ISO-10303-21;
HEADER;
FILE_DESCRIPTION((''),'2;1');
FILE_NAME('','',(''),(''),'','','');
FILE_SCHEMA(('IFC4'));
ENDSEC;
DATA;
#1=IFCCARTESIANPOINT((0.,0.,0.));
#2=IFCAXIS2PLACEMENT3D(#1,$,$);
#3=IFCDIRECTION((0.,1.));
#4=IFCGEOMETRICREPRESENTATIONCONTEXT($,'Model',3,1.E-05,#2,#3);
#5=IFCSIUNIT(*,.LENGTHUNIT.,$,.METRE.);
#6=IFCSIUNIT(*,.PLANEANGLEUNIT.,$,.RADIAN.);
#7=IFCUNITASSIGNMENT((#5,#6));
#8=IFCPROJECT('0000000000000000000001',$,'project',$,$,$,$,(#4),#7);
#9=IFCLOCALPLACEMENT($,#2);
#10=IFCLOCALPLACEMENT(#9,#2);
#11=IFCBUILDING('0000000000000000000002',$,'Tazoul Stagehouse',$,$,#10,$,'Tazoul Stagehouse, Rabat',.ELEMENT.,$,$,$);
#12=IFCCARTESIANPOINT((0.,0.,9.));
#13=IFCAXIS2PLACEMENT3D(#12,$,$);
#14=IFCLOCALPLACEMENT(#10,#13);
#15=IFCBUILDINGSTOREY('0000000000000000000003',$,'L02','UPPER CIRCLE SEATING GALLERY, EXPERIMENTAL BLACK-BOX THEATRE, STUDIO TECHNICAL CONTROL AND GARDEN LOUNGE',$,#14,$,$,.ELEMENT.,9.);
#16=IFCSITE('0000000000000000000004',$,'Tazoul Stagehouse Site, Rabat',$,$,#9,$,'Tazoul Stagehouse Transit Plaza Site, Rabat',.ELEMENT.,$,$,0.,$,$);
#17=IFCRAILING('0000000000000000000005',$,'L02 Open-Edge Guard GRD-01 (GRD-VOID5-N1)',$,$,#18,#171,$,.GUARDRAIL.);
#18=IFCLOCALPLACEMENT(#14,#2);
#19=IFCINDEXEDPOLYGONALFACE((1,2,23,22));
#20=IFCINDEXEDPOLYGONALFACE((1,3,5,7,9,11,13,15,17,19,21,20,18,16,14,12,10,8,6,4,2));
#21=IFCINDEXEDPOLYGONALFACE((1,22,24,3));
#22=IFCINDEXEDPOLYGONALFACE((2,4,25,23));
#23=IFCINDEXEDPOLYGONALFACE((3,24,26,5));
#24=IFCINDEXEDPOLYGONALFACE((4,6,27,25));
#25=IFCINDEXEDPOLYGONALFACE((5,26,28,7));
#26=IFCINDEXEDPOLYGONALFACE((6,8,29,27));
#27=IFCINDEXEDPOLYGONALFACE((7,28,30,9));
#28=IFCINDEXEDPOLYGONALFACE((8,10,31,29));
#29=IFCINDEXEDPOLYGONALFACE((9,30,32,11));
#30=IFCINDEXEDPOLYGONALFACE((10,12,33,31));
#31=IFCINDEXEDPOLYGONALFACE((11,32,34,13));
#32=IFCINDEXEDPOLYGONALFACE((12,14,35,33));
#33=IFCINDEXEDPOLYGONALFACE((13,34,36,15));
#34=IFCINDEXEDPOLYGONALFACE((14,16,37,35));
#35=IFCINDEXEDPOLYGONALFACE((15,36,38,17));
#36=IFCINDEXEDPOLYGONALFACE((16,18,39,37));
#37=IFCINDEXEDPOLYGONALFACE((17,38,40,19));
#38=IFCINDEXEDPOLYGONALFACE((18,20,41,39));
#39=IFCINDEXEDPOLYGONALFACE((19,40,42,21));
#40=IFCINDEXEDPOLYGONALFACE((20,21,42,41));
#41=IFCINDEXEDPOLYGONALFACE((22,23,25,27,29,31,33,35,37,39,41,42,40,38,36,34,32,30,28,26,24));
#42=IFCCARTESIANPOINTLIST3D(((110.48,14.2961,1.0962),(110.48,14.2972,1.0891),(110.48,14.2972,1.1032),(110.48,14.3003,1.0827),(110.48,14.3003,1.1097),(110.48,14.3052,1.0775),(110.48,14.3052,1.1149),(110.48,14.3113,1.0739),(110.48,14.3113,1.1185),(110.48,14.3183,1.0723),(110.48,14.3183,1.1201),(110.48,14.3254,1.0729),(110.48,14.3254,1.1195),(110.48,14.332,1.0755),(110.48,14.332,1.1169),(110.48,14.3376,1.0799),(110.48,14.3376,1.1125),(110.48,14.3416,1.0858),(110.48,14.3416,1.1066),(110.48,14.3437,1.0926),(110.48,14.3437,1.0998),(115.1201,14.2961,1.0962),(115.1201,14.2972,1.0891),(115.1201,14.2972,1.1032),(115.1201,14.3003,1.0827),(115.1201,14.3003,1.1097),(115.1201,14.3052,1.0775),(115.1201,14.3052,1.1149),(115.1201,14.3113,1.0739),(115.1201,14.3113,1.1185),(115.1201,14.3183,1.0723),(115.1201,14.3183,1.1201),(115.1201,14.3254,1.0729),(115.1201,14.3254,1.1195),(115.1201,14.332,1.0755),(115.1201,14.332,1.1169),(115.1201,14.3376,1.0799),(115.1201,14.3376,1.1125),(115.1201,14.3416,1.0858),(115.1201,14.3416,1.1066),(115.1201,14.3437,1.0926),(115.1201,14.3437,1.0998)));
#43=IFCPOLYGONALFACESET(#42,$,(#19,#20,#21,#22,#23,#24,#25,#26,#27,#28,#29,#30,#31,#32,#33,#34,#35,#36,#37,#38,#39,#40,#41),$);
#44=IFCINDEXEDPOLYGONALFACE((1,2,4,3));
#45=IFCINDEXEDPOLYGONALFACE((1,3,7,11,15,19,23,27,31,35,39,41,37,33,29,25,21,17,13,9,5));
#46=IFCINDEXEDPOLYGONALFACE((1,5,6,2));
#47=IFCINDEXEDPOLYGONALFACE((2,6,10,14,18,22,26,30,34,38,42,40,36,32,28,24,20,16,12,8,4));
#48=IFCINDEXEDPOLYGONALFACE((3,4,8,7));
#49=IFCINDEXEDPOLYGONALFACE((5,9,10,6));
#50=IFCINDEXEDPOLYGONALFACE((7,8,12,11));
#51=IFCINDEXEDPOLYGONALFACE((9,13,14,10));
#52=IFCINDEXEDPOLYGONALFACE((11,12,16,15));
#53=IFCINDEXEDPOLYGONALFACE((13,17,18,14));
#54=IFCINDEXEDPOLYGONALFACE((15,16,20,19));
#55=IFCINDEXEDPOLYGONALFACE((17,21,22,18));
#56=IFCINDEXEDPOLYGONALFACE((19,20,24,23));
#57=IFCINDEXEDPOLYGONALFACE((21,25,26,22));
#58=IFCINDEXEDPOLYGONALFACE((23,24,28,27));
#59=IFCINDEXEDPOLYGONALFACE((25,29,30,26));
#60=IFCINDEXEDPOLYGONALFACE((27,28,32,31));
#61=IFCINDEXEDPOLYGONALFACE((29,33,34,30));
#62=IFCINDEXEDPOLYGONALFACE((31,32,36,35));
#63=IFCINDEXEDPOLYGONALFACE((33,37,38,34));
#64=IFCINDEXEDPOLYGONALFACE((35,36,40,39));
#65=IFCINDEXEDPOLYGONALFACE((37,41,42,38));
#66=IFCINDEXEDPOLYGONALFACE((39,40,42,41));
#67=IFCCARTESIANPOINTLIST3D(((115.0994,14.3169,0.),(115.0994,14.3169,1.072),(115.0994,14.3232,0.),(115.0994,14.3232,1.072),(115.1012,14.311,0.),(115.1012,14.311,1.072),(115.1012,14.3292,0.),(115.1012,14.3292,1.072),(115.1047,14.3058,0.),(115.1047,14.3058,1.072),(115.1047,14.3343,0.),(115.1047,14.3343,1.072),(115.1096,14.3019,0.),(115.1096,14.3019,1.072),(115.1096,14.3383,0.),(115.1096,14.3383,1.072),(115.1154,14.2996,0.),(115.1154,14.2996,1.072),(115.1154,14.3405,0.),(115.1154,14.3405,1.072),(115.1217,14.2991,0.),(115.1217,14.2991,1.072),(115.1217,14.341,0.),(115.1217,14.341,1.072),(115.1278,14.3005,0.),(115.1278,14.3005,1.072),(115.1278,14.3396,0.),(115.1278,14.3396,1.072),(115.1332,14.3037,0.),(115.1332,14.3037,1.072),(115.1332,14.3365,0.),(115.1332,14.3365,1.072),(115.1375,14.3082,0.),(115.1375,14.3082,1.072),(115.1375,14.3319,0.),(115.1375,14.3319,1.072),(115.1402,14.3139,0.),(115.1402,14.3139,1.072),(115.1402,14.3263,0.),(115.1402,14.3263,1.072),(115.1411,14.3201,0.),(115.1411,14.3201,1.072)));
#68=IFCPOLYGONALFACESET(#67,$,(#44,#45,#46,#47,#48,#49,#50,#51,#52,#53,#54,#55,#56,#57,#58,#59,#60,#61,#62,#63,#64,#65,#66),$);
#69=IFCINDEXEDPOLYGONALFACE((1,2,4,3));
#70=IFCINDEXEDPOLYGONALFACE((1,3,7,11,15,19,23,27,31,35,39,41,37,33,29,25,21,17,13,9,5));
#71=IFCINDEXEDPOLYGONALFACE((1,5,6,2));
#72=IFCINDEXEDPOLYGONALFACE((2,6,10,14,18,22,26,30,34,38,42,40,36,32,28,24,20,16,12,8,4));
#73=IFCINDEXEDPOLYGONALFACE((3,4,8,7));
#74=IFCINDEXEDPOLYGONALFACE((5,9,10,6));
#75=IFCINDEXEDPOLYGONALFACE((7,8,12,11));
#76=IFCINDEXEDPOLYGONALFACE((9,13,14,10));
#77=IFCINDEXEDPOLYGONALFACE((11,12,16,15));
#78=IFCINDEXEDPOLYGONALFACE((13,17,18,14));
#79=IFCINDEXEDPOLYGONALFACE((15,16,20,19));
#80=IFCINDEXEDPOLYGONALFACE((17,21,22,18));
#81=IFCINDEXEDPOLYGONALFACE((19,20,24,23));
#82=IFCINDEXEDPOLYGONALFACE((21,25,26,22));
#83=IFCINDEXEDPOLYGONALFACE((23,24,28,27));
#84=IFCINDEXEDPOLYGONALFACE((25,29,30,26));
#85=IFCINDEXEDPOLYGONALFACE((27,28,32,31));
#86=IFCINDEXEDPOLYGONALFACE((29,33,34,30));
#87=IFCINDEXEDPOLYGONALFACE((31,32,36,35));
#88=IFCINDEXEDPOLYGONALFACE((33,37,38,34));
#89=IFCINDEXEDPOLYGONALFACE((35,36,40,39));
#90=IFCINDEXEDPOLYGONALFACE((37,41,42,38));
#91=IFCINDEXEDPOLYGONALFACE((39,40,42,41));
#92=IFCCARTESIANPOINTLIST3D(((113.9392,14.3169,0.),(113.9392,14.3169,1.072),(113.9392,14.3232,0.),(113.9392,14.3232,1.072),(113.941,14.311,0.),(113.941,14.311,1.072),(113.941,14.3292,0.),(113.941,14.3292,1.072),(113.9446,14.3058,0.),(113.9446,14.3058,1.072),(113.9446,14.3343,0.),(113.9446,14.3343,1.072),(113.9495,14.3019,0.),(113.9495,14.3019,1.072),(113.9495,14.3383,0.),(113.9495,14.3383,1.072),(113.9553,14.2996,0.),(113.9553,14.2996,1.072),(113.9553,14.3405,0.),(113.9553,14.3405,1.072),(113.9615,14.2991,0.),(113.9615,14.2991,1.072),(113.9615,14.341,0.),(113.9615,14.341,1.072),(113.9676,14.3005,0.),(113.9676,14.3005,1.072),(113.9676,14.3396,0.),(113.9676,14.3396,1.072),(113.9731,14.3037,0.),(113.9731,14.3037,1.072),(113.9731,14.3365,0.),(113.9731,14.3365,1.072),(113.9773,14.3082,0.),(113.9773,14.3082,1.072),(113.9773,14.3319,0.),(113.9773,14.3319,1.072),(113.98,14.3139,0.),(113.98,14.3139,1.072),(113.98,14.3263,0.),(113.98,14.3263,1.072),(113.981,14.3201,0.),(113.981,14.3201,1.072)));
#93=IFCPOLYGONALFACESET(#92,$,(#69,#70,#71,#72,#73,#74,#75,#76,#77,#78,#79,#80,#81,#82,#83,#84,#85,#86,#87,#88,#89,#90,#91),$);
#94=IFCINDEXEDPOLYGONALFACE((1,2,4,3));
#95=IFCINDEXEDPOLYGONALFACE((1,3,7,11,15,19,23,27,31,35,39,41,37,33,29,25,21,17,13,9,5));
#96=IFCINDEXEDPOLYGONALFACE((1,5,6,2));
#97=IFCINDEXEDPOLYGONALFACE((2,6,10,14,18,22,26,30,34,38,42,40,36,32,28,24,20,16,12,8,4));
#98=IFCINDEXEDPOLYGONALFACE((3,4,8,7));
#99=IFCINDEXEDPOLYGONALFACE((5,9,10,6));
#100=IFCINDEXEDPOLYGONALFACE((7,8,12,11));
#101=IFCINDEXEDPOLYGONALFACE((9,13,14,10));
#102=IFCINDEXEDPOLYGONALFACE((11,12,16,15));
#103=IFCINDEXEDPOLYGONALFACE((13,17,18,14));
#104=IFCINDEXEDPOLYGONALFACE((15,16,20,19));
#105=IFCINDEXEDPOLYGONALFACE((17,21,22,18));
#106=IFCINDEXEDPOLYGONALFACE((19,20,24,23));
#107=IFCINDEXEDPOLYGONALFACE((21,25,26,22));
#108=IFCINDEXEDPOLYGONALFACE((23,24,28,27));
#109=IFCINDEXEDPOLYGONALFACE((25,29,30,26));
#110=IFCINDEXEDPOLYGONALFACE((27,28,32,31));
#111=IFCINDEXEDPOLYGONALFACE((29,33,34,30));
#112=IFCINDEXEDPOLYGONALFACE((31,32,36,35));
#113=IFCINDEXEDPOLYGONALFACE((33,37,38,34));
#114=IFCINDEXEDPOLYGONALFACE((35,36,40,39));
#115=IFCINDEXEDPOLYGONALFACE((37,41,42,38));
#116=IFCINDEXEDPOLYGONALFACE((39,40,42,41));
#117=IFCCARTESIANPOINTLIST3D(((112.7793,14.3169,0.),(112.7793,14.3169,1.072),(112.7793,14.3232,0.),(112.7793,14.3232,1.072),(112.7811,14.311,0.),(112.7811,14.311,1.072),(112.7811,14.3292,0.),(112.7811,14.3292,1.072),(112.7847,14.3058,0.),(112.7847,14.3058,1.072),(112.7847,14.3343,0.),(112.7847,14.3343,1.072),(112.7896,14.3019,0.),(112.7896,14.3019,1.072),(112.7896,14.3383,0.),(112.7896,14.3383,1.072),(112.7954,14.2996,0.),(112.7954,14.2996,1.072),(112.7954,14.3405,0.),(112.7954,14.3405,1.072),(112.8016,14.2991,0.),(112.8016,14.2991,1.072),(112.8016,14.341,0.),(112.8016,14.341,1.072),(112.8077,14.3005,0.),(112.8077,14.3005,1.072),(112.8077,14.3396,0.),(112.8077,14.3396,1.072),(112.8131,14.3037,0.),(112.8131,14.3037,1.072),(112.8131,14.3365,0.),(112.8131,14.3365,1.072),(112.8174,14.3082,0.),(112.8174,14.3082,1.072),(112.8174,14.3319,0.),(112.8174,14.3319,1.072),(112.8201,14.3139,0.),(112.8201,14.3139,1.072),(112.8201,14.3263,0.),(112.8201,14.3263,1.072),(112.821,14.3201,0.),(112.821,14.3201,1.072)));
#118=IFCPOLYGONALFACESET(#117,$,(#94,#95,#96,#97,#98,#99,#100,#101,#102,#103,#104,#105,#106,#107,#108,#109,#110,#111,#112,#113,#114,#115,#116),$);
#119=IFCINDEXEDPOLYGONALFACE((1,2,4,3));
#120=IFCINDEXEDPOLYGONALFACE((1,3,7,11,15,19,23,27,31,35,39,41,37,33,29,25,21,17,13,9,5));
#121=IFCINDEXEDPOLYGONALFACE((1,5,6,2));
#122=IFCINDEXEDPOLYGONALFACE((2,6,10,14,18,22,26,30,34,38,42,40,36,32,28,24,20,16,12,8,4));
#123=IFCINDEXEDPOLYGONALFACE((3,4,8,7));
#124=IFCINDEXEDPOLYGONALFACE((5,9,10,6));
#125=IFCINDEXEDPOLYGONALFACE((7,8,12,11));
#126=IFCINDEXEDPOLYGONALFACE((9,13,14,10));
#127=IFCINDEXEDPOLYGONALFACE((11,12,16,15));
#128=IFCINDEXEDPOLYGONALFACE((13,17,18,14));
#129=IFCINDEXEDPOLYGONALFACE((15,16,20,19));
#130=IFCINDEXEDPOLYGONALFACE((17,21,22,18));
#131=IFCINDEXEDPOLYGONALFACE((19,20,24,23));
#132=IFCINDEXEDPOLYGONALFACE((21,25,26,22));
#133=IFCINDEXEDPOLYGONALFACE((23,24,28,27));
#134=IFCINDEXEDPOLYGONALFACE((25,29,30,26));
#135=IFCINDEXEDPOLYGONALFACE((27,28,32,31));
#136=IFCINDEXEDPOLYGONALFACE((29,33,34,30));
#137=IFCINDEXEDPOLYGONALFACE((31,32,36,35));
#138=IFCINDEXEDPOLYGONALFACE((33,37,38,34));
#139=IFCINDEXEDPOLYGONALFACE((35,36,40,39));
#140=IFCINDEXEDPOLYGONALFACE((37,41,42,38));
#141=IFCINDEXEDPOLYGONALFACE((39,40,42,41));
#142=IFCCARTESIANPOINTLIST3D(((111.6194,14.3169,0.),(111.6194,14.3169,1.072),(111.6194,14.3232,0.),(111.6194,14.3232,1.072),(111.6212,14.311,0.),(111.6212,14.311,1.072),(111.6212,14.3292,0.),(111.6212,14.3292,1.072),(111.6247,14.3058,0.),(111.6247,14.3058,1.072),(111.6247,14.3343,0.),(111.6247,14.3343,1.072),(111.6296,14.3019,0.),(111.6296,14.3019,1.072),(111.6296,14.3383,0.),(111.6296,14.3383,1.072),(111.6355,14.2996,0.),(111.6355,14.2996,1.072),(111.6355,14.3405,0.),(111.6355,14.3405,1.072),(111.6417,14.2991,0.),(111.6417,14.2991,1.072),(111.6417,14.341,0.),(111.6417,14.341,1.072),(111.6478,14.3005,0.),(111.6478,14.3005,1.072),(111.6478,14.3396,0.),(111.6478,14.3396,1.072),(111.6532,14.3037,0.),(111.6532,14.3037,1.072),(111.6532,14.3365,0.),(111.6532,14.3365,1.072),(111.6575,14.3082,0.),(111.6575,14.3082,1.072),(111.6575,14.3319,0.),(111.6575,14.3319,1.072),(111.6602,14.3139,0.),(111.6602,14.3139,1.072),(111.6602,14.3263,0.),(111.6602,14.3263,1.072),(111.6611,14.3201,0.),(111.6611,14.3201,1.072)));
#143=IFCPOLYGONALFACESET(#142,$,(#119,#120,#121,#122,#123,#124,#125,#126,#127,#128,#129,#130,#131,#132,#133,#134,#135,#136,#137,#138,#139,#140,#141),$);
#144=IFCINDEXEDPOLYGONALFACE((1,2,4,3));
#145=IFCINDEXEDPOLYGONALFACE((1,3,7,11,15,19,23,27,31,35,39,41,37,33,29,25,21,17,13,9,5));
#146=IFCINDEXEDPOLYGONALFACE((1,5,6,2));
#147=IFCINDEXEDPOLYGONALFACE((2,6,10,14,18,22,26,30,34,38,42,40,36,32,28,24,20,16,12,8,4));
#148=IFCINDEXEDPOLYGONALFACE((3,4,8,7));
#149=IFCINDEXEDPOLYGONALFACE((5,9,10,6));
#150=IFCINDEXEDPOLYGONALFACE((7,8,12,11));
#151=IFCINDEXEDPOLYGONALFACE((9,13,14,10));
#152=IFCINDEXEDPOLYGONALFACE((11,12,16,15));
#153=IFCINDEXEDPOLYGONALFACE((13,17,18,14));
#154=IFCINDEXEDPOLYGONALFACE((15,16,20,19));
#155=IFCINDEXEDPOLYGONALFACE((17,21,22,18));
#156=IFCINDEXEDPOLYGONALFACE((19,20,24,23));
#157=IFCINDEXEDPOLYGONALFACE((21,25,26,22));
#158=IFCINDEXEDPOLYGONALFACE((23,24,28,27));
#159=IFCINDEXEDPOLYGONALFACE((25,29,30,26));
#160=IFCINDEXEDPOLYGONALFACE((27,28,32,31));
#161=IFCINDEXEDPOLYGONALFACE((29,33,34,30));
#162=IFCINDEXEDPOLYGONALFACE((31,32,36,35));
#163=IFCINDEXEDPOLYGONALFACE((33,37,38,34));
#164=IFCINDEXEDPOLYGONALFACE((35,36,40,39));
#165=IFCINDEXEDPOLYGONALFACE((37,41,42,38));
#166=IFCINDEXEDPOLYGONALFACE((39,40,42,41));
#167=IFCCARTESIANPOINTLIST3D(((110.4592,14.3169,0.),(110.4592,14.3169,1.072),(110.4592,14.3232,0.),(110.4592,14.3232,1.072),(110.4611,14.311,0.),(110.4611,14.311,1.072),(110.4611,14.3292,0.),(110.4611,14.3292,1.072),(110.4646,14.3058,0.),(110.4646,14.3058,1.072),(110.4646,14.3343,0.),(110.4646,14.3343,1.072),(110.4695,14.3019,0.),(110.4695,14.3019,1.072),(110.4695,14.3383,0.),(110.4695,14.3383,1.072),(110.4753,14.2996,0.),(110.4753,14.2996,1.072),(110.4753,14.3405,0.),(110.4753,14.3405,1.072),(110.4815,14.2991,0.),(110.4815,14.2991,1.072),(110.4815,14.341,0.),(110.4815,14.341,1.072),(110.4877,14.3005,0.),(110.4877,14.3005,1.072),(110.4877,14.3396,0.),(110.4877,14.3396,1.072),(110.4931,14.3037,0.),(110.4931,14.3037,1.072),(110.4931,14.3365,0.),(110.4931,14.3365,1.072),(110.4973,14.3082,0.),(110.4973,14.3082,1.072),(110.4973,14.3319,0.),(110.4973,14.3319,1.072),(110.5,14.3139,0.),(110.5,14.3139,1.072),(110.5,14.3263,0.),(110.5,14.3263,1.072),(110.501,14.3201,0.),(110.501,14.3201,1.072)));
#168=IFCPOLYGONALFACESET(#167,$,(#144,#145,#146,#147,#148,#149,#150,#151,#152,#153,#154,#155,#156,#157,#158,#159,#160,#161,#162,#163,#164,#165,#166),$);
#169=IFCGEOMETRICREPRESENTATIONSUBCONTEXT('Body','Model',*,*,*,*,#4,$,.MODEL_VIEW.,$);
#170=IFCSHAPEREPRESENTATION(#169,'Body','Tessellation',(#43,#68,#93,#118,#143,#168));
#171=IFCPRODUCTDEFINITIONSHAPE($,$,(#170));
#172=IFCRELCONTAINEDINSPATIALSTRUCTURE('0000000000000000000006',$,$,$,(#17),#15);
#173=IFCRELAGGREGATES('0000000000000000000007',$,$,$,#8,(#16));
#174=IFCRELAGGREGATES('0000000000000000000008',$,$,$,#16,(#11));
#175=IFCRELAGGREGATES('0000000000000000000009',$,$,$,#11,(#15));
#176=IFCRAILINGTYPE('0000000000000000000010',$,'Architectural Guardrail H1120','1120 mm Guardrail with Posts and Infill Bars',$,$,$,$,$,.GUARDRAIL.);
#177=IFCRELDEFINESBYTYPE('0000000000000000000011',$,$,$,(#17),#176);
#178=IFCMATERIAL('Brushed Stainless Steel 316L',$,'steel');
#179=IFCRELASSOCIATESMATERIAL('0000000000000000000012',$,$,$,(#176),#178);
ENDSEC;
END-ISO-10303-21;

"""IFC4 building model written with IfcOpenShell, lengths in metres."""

from ifc_helpers import new_model, si_unit, direction, frame, origin, origin_2d, place, context, subcontext, project, spatial, circle, extrude, material, material_profile, profile_set, type_object, element, save


model = new_model("IFC4")

# Units and contexts
model_context = context("Model", 3, precision=1e-05, world=origin(), true_north=direction((0.0, 1.0)))
body_context = subcontext(model_context, "Body", "Model", "MODEL_VIEW")
ifc_project = project(units=[si_unit("LENGTHUNIT", "METRE"), si_unit("PLANEANGLEUNIT", "RADIAN")], contexts=[model_context])

# Site, building, storey
site_placement = place(None, origin())
site = spatial("IfcSite", under=ifc_project, at=site_placement, Name="Tazoul Stagehouse Site, Rabat", LongName="Tazoul Stagehouse Transit Plaza Site, Rabat", CompositionType="ELEMENT", RefElevation=0.0)
building_placement = place(site_placement, origin())
building = spatial("IfcBuilding", under=site, at=building_placement, Name="Tazoul Stagehouse", LongName="Tazoul Stagehouse, Rabat", CompositionType="ELEMENT")
storey_placement = place(building_placement, frame((0.0, 0.0, 9.0)))
storey = spatial("IfcBuildingStorey", under=building, at=storey_placement, Name="L02", Description="UPPER CIRCLE SEATING GALLERY, EXPERIMENTAL BLACK-BOX THEATRE, STUDIO TECHNICAL CONTROL AND GARDEN LOUNGE", CompositionType="ELEMENT", Elevation=9.0)

# Railing
ifc_material_1 = material(Name="Brushed Stainless Steel 316L", Category="steel")
ifc_material_profile_1 = material_profile(ifc_material_1, circle(Radius=0.0239, at=origin_2d()), Name="SS RAIL D48")
ifc_profile_set_1 = profile_set([ifc_material_profile_1], Name="Brushed Stainless Steel 316L")
railing_type = type_object("IfcRailingType", Name="Architectural Guardrail H1120", Description="1120 mm Guardrail with Posts and Infill Bars", PredefinedType="GUARDRAIL", material=ifc_profile_set_1)
railing_1_placement = place(storey_placement, frame((115.1201, 14.3201, 0.0)))
element("IfcRailing", 1, at=railing_1_placement, inside=storey, type_object=railing_type, Name="L02 Open-Edge Guard GRD-01 (GRD-VOID5-N1)", PredefinedType="GUARDRAIL", context=body_context, shape_type="SweptSolid", body=[
    extrude(circle(Radius=0.0239, at=origin_2d()), frame((0.0, 0.0, 1.0962), z_axis=(-1.0, 0.0, 0.0), x_axis=(0.0, -1.0, 0.0)), (0.0, 0.0, 1.0), 4.6401),
    extrude(circle(Radius=0.021, at=origin_2d()), origin(), (0.0, 0.0, 1.0), 1.072),
    extrude(circle(Radius=0.021, at=origin_2d()), frame((-1.1602, 0.0, 0.0)), (0.0, 0.0, 1.0), 1.072),
    extrude(circle(Radius=0.021, at=origin_2d()), frame((-2.3201, 0.0, 0.0)), (0.0, 0.0, 1.0), 1.072),
    extrude(circle(Radius=0.021, at=origin_2d()), frame((-3.48, 0.0, 0.0)), (0.0, 0.0, 1.0), 1.072),
    extrude(circle(Radius=0.021, at=origin_2d()), frame((-4.6401, 0.0, 0.0)), (0.0, 0.0, 1.0), 1.072),
])

save(model, "model.ifc")
